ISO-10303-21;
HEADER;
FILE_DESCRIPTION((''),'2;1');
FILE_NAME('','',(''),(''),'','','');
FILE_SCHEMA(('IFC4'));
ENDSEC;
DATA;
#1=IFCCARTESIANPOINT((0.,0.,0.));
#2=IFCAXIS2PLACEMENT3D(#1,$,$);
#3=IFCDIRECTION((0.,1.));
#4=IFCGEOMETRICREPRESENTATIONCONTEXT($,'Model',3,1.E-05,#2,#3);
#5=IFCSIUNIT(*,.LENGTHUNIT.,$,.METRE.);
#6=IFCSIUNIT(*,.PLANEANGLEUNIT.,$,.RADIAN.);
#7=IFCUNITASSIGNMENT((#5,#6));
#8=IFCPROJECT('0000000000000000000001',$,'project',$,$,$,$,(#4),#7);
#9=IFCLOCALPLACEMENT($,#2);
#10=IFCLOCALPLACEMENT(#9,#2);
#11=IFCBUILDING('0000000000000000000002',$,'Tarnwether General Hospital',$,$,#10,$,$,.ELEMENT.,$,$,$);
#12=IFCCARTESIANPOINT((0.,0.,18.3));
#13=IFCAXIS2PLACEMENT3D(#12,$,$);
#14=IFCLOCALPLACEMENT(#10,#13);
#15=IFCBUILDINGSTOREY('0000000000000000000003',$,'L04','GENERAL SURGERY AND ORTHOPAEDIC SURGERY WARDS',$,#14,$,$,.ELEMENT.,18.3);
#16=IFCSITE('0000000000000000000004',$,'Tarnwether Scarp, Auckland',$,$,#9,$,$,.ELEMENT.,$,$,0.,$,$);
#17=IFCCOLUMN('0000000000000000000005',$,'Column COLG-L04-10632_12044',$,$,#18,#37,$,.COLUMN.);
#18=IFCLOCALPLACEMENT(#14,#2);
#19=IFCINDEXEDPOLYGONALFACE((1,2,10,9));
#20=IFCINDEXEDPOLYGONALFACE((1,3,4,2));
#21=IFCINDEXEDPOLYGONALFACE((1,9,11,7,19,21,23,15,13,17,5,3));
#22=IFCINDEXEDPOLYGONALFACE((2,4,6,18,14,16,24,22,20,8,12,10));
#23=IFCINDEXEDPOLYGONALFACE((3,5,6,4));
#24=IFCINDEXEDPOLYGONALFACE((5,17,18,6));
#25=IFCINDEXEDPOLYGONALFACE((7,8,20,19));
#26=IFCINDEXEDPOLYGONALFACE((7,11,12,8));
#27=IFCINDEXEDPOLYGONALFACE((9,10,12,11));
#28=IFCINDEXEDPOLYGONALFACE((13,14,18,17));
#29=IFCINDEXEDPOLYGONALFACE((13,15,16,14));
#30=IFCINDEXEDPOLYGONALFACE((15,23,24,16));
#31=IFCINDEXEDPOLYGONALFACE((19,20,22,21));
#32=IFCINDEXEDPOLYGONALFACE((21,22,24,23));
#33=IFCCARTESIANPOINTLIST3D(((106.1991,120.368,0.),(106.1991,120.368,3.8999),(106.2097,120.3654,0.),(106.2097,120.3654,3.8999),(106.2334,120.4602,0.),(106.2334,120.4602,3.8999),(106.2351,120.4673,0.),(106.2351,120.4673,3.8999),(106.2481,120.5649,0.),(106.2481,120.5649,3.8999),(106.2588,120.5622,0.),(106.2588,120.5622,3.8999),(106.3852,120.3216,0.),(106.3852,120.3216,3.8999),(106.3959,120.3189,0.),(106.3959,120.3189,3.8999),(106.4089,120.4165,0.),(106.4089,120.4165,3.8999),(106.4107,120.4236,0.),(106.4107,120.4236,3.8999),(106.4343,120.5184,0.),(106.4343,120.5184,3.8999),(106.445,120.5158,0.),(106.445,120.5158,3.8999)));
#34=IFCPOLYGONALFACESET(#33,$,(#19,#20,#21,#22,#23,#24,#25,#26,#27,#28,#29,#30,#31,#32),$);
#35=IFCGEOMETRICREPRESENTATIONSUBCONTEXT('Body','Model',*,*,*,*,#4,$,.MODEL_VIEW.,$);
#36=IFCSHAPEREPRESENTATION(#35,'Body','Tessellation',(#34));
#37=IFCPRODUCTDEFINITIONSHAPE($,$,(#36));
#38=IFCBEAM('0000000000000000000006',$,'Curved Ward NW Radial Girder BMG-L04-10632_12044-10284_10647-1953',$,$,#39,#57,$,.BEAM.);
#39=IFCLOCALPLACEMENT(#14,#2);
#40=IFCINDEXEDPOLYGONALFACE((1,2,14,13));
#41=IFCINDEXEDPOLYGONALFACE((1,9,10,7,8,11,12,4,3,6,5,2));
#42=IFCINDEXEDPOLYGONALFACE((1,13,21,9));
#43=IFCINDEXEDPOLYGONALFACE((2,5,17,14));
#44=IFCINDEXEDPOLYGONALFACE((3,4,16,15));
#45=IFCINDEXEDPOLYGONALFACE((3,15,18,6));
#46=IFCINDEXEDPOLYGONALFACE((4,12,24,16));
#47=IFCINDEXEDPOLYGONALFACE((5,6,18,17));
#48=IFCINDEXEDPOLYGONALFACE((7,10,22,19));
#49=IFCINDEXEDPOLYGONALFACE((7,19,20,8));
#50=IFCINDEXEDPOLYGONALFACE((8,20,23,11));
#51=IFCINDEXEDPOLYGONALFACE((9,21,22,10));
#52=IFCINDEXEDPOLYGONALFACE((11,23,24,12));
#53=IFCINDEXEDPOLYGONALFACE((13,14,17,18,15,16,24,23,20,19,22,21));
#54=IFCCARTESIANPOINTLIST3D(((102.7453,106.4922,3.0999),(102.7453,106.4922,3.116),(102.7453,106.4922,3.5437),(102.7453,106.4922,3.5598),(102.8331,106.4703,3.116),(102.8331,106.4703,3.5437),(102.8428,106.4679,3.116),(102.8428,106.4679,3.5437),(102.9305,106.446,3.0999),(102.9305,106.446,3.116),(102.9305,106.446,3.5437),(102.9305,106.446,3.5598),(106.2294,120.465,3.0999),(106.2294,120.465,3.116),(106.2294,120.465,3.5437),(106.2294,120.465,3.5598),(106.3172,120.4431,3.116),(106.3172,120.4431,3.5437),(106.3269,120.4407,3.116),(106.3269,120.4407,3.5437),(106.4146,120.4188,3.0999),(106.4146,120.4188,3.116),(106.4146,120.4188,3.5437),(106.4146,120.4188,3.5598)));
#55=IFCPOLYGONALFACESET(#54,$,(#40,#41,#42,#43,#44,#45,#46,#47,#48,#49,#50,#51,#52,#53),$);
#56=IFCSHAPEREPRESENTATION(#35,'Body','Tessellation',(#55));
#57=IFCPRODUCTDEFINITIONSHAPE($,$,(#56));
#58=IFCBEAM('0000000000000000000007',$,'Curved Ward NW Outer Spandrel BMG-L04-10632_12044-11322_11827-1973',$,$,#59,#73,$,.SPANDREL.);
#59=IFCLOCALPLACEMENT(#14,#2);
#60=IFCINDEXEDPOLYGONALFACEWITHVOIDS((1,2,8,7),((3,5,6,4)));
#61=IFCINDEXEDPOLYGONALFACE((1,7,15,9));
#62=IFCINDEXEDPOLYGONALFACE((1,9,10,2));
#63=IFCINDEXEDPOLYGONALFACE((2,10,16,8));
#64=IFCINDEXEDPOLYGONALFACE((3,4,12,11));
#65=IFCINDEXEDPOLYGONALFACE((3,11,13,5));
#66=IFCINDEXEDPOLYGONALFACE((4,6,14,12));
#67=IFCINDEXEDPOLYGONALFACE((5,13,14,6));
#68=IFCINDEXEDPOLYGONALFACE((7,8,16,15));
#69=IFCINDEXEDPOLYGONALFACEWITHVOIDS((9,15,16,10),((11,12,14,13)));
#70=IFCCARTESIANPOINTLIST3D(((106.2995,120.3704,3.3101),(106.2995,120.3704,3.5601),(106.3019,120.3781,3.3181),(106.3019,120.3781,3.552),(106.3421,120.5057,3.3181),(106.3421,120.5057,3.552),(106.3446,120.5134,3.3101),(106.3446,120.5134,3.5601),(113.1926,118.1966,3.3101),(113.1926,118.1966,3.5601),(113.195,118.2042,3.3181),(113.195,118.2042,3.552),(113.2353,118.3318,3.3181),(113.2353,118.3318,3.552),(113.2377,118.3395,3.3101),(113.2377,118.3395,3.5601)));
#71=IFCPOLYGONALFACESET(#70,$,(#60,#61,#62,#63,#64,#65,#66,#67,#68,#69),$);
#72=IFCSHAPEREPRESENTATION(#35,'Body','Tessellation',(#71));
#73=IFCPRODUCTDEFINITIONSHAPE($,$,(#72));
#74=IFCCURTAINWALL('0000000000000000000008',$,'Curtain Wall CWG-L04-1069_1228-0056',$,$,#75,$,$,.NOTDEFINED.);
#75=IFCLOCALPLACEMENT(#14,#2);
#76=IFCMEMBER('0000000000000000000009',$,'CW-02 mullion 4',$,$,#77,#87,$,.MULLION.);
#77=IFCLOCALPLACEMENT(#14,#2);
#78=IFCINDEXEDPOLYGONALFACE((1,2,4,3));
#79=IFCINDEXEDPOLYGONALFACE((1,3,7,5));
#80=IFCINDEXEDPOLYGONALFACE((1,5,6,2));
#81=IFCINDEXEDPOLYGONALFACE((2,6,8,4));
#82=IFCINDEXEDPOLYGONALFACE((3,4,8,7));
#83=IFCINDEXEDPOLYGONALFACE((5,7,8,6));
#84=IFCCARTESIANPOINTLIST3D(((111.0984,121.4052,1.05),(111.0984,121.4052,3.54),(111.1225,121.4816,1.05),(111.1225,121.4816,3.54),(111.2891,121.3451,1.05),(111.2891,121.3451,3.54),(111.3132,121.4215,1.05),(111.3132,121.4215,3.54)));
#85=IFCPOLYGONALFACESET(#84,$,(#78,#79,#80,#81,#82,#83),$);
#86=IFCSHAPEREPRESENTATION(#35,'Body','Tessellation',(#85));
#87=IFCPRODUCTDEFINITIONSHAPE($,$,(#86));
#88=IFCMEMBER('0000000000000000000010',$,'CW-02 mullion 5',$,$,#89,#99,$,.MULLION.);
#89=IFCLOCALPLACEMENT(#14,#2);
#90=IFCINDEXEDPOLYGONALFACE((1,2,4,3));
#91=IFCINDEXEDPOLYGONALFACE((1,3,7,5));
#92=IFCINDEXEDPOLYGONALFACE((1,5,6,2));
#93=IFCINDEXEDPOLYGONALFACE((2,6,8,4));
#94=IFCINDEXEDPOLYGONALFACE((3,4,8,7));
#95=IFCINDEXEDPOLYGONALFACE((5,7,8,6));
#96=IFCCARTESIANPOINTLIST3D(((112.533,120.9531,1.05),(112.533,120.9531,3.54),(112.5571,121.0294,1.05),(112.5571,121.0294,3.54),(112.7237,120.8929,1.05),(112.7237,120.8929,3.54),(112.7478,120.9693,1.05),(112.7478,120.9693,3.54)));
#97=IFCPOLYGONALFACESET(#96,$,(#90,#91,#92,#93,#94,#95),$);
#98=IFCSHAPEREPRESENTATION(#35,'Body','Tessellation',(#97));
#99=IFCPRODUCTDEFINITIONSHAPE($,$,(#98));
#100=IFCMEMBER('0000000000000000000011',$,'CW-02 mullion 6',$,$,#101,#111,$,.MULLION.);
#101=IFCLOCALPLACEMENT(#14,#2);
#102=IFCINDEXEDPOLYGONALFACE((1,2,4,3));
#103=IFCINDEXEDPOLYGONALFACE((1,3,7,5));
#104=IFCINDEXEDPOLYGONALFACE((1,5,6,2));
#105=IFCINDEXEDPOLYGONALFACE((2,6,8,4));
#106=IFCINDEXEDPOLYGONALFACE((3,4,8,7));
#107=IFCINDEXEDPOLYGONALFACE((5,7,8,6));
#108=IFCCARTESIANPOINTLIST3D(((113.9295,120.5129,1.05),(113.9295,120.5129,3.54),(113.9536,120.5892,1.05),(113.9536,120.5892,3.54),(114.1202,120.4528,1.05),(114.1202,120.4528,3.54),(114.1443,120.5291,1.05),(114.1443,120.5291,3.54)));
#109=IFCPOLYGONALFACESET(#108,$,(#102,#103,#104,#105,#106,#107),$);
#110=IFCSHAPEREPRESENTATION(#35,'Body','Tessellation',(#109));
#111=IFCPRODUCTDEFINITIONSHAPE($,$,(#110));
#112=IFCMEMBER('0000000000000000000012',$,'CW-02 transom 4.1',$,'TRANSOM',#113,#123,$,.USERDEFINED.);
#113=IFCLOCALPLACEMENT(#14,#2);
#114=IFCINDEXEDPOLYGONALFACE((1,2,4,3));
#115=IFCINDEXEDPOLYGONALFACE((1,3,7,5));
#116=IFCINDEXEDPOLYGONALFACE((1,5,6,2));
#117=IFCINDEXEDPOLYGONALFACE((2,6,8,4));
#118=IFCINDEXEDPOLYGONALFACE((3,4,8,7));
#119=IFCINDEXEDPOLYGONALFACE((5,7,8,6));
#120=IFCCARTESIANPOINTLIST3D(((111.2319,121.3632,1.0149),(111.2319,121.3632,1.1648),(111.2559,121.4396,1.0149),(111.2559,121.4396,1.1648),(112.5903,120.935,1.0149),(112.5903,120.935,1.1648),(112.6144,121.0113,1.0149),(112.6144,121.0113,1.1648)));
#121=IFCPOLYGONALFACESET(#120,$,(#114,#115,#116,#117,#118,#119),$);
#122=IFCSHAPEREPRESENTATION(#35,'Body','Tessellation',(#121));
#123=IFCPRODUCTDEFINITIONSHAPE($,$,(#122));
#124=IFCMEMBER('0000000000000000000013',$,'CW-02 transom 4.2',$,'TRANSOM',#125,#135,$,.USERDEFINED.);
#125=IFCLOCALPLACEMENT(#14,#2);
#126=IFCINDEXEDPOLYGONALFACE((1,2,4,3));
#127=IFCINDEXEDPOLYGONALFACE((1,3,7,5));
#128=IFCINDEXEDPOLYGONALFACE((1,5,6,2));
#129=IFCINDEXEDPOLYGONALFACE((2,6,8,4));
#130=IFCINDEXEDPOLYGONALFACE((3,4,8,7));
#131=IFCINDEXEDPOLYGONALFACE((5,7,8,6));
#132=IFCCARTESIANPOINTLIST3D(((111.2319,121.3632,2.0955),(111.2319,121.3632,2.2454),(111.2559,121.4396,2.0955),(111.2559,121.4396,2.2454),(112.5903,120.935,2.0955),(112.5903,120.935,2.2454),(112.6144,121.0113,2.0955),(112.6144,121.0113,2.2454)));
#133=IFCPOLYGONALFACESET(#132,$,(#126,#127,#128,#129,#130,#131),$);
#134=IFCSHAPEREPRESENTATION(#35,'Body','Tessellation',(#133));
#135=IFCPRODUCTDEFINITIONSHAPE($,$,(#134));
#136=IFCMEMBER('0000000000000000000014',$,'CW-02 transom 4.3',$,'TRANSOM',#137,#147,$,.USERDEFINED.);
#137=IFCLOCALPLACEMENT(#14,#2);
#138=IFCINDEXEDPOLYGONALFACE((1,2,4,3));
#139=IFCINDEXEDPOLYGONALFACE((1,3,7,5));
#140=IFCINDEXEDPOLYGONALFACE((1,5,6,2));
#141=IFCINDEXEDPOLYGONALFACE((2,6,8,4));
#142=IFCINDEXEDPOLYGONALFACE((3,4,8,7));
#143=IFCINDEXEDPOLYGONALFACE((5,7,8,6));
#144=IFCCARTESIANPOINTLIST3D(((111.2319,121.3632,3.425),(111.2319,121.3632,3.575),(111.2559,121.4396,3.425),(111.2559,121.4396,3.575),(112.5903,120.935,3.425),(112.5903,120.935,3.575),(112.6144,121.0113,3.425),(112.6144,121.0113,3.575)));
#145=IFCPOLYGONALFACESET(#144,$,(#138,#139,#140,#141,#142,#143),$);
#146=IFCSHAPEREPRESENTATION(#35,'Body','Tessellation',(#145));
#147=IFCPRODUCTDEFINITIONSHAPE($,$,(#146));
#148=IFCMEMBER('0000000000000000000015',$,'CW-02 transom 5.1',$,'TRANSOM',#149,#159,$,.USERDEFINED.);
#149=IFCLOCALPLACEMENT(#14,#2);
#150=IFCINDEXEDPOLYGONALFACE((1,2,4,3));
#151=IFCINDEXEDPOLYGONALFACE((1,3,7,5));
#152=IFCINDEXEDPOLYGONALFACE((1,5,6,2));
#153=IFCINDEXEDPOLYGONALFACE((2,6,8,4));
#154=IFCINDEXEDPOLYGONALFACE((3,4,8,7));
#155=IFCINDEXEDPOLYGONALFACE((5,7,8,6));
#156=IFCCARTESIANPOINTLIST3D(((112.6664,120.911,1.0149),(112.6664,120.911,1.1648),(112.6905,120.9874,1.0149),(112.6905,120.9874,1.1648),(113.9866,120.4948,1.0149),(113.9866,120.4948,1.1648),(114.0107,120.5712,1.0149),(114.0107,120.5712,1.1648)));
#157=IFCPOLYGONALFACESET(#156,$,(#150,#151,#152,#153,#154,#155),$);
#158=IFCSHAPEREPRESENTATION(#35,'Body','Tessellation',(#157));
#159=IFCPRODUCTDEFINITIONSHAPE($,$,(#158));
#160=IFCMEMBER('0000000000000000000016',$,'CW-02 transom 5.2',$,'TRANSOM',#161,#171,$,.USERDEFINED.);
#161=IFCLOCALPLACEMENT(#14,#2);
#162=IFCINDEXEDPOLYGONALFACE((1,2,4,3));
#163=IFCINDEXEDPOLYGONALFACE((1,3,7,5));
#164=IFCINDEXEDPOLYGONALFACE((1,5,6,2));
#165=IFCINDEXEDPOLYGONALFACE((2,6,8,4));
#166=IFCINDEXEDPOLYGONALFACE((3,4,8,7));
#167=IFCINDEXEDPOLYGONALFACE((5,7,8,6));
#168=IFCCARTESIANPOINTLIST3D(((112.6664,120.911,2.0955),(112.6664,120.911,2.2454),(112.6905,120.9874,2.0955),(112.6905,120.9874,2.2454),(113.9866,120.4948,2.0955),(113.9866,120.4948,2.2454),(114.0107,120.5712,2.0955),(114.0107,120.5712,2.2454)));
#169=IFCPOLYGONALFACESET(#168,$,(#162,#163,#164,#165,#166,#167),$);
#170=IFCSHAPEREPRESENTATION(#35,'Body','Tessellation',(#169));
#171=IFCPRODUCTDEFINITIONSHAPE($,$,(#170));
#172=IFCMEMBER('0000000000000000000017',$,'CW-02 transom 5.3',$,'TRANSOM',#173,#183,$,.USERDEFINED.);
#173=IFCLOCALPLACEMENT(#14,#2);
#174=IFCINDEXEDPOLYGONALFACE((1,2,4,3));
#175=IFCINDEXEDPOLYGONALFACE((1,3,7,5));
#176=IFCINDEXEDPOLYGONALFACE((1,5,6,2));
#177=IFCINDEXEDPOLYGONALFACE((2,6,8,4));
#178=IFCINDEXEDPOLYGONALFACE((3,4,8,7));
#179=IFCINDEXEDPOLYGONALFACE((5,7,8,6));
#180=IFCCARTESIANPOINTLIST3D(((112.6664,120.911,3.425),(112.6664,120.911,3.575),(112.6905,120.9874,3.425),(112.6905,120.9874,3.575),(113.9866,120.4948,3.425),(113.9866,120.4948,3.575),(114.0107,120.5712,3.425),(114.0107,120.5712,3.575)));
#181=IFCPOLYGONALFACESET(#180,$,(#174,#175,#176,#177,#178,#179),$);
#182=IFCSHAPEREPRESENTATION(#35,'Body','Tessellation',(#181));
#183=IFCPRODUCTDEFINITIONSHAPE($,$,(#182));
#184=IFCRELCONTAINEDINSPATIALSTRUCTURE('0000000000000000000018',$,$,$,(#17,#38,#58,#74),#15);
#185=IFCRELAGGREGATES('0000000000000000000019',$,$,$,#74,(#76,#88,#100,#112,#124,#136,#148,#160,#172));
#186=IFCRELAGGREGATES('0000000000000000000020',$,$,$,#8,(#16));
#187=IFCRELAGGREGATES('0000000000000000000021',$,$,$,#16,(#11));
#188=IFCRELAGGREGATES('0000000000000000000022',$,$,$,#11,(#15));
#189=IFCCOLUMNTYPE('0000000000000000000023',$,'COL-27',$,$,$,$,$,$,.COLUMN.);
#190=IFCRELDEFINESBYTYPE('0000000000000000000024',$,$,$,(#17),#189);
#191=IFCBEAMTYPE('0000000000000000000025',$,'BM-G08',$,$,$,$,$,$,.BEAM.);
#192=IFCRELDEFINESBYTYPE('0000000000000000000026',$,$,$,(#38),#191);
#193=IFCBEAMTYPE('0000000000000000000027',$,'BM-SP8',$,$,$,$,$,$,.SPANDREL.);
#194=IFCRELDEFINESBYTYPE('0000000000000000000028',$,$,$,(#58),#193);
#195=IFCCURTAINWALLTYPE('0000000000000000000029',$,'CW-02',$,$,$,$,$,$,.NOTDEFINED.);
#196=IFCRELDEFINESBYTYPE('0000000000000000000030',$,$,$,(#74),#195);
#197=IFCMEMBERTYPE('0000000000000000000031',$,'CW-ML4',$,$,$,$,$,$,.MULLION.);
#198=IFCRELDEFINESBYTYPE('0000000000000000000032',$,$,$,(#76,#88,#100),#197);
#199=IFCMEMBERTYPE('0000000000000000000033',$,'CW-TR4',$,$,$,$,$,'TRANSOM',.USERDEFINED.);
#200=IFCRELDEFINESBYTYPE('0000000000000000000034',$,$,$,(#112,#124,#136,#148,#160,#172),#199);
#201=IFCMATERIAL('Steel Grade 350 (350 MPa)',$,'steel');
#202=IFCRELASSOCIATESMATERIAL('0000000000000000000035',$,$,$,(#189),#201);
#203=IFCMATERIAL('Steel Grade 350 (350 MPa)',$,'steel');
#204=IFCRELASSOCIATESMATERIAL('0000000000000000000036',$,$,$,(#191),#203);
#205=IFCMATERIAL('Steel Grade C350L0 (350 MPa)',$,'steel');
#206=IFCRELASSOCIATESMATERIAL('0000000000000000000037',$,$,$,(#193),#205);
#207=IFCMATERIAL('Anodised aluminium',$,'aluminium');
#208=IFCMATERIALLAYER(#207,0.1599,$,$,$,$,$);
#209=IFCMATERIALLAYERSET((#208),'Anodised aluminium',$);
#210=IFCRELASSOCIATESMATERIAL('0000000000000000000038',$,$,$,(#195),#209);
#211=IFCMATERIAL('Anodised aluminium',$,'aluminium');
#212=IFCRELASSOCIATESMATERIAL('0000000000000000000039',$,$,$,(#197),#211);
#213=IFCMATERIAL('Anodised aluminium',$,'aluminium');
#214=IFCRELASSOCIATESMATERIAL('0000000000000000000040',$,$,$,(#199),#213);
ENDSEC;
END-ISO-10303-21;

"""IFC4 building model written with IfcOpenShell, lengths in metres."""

from ifc_helpers import new_model, si_unit, direction, frame, origin, origin_2d, place, context, subcontext, project, spatial, rectangle, hollow_rectangle, i_section, extrude, material, layer, layer_set, material_profile, profile_set, type_object, element, aggregate, save


model = new_model("IFC4")

# Units and contexts
model_context = context("Model", 3, precision=1e-05, world=origin(), true_north=direction((0.0, 1.0)))
body_context = subcontext(model_context, "Body", "Model", "MODEL_VIEW")
ifc_project = project(units=[si_unit("LENGTHUNIT", "METRE"), si_unit("PLANEANGLEUNIT", "RADIAN")], contexts=[model_context])

# Site, building, storey
site_placement = place(None, origin())
site = spatial("IfcSite", under=ifc_project, at=site_placement, Name="Tarnwether Scarp, Auckland", CompositionType="ELEMENT", RefElevation=0.0)
building_placement = place(site_placement, origin())
building = spatial("IfcBuilding", under=site, at=building_placement, Name="Tarnwether General Hospital", CompositionType="ELEMENT")
storey_placement = place(building_placement, frame((0.0, 0.0, 18.3)))
storey = spatial("IfcBuildingStorey", under=building, at=storey_placement, Name="L04", Description="GENERAL SURGERY AND ORTHOPAEDIC SURGERY WARDS", CompositionType="ELEMENT", Elevation=18.3)

# Column
ifc_material_1 = material(Name="Steel Grade 350 (350 MPa)", Category="steel")
ifc_material_profile_1 = material_profile(ifc_material_1, i_section(OverallWidth=0.2029, OverallDepth=0.2029, WebThickness=0.0073, FlangeThickness=0.011, at=origin_2d()), Name="200UC46.2")
ifc_profile_set_1 = profile_set([ifc_material_profile_1], Name="Steel Grade 350 (350 MPa)")
column_type = type_object("IfcColumnType", Name="COL-27", PredefinedType="COLUMN", material=ifc_profile_set_1)
column_placement = place(storey_placement, frame((106.322, 120.4419, 0.0), z_axis=(0.0, 0.0, 1.0), x_axis=(0.241922, 0.970296, 0.0)))
element("IfcColumn", 1, at=column_placement, inside=storey, type_object=column_type, Name="Column COLG-L04-10632_12044", PredefinedType="COLUMN", context=body_context, shape_type="SweptSolid", body=[
    extrude(i_section(OverallWidth=0.2029, OverallDepth=0.2029, WebThickness=0.0073, FlangeThickness=0.011, at=origin_2d()), origin(), (0.0, 0.0, 1.0), 3.8999),
])

# Beams
ifc_material_2 = material(Name="Steel Grade 350 (350 MPa)", Category="steel")
ifc_material_profile_2 = material_profile(ifc_material_2, i_section(OverallWidth=0.1909, OverallDepth=0.46, WebThickness=0.01, FlangeThickness=0.0161, at=origin_2d()), Name="460UB82.1")
ifc_profile_set_2 = profile_set([ifc_material_profile_2], Name="Steel Grade 350 (350 MPa)")
beam_type_1 = type_object("IfcBeamType", Name="BM-G08", PredefinedType="BEAM", material=ifc_profile_set_2)
beam_1_placement = place(storey_placement, frame((106.322, 120.4419, 3.3298), z_axis=(-0.241941, -0.970291, 0.0), x_axis=(0.970291, -0.241941, 0.0)))
element("IfcBeam", 2, at=beam_1_placement, inside=storey, type_object=beam_type_1, Name="Curved Ward NW Radial Girder BMG-L04-10632_12044-10284_10647-1953", PredefinedType="BEAM", context=body_context, shape_type="SweptSolid", body=[
    extrude(i_section(OverallWidth=0.1909, OverallDepth=0.46, WebThickness=0.01, FlangeThickness=0.0161, at=origin_2d()), origin(), (0.0, 0.0, 1.0), 14.4006),
])
ifc_material_3 = material(Name="Steel Grade C350L0 (350 MPa)", Category="steel")
ifc_material_profile_3 = material_profile(ifc_material_3, hollow_rectangle(XDim=0.1499, YDim=0.25, WallThickness=0.0081, at=origin_2d()), Name="RHS250x150x8")
ifc_profile_set_3 = profile_set([ifc_material_profile_3], Name="Steel Grade C350L0 (350 MPa)")
beam_type_2 = type_object("IfcBeamType", Name="BM-SP8", PredefinedType="SPANDREL", material=ifc_profile_set_3)
beam_2_placement = place(storey_placement, frame((106.322, 120.4419, 3.4351), z_axis=(0.953699, -0.300763, 0.0), x_axis=(0.300763, 0.953699, 0.0)))
element("IfcBeam", 3, at=beam_2_placement, inside=storey, type_object=beam_type_2, Name="Curved Ward NW Outer Spandrel BMG-L04-10632_12044-11322_11827-1973", PredefinedType="SPANDREL", context=body_context, shape_type="SweptSolid", body=[
    extrude(hollow_rectangle(XDim=0.1499, YDim=0.25, WallThickness=0.0081, at=origin_2d()), origin(), (0.0, 0.0, 1.0), 7.2278),
])

# Curtain wall, members
ifc_material_4 = material(Name="Anodised aluminium", Category="aluminium")
ifc_layer_1 = layer(ifc_material_4, 0.1599)
ifc_layer_set_1 = layer_set([ifc_layer_1], Name="Anodised aluminium")
curtain_wall_type = type_object("IfcCurtainWallType", Name="CW-02", PredefinedType="NOTDEFINED", material=ifc_layer_set_1)
curtain_wall_placement = place(storey_placement, origin())
curtain_wall = element("IfcCurtainWall", 4, at=curtain_wall_placement, inside=storey, type_object=curtain_wall_type, Name="Curtain Wall CWG-L04-1069_1228-0056", PredefinedType="NOTDEFINED")
ifc_material_5 = material(Name="Anodised aluminium", Category="aluminium")
ifc_material_profile_4 = material_profile(ifc_material_5, rectangle(XDim=0.0801, YDim=0.2, at=origin_2d()), Name="ALU-MUL-80x200")
ifc_profile_set_4 = profile_set([ifc_material_profile_4], Name="Anodised aluminium")
member_type_1 = type_object("IfcMemberType", Name="CW-ML4", PredefinedType="MULLION", material=ifc_profile_set_4)
member_1_placement = place(storey_placement, frame((111.2058, 121.4133, 1.05), z_axis=(0.0, 0.0, 1.0), x_axis=(0.300629, 0.953741, 0.0)))
member_1 = element("IfcMember", 5, at=member_1_placement, type_object=member_type_1, Name="CW-02 mullion 4", PredefinedType="MULLION", context=body_context, shape_type="SweptSolid", body=[
    extrude(rectangle(XDim=0.0801, YDim=0.2, at=origin_2d()), origin(), (0.0, 0.0, 1.0), 2.49),
])
member_2_placement = place(storey_placement, frame((112.6404, 120.9612, 1.05), z_axis=(0.0, 0.0, 1.0), x_axis=(0.300629, 0.953741, 0.0)))
member_2 = element("IfcMember", 6, at=member_2_placement, type_object=member_type_1, Name="CW-02 mullion 5", PredefinedType="MULLION", context=body_context, shape_type="SweptSolid", body=[
    extrude(rectangle(XDim=0.0801, YDim=0.2, at=origin_2d()), origin(), (0.0, 0.0, 1.0), 2.49),
])
member_3_placement = place(storey_placement, frame((114.0369, 120.521, 1.05), z_axis=(0.0, 0.0, 1.0), x_axis=(0.300629, 0.953741, 0.0)))
member_3 = element("IfcMember", 7, at=member_3_placement, type_object=member_type_1, Name="CW-02 mullion 6", PredefinedType="MULLION", context=body_context, shape_type="SweptSolid", body=[
    extrude(rectangle(XDim=0.0801, YDim=0.2, at=origin_2d()), origin(), (0.0, 0.0, 1.0), 2.49),
])
ifc_material_6 = material(Name="Anodised aluminium", Category="aluminium")
ifc_material_profile_5 = material_profile(ifc_material_6, rectangle(XDim=0.0801, YDim=0.1499, at=origin_2d()), Name="ALU-TRN-80x150")
ifc_profile_set_5 = profile_set([ifc_material_profile_5], Name="Anodised aluminium")
member_type_2 = type_object("IfcMemberType", Name="CW-TR4", ElementType="TRANSOM", PredefinedType="USERDEFINED", material=ifc_profile_set_5)
member_4_placement = place(storey_placement, frame((111.2439, 121.4014, 1.0898), z_axis=(0.953733, -0.300656, 0.0), x_axis=(0.300656, 0.953733, 0.0)))
member_4 = element("IfcMember", 8, at=member_4_placement, type_object=member_type_2, Name="CW-02 transom 4.1", ObjectType="TRANSOM", PredefinedType="USERDEFINED", context=body_context, shape_type="SweptSolid", body=[
    extrude(rectangle(XDim=0.0801, YDim=0.1499, at=origin_2d()), origin(), (0.0, 0.0, 1.0), 1.4243),
])
member_5_placement = place(storey_placement, frame((111.2439, 121.4014, 2.1704), z_axis=(0.953733, -0.300656, 0.0), x_axis=(0.300656, 0.953733, 0.0)))
member_5 = element("IfcMember", 9, at=member_5_placement, type_object=member_type_2, Name="CW-02 transom 4.2", ObjectType="TRANSOM", PredefinedType="USERDEFINED", context=body_context, shape_type="SweptSolid", body=[
    extrude(rectangle(XDim=0.0801, YDim=0.1499, at=origin_2d()), origin(), (0.0, 0.0, 1.0), 1.4243),
])
member_6_placement = place(storey_placement, frame((111.2439, 121.4014, 3.5), z_axis=(0.953733, -0.300656, 0.0), x_axis=(0.300656, 0.953733, 0.0)))
member_6 = element("IfcMember", 10, at=member_6_placement, type_object=member_type_2, Name="CW-02 transom 4.3", ObjectType="TRANSOM", PredefinedType="USERDEFINED", context=body_context, shape_type="SweptSolid", body=[
    extrude(rectangle(XDim=0.0801, YDim=0.1499, at=origin_2d()), origin(), (0.0, 0.0, 1.0), 1.4243),
])
member_7_placement = place(storey_placement, frame((112.6785, 120.9492, 1.0898), z_axis=(0.953724, -0.300684, 0.0), x_axis=(0.300684, 0.953724, 0.0)))
member_7 = element("IfcMember", 11, at=member_7_placement, type_object=member_type_2, Name="CW-02 transom 5.1", ObjectType="TRANSOM", PredefinedType="USERDEFINED", context=body_context, shape_type="SweptSolid", body=[
    extrude(rectangle(XDim=0.0801, YDim=0.1499, at=origin_2d()), origin(), (0.0, 0.0, 1.0), 1.3843),
])
member_8_placement = place(storey_placement, frame((112.6785, 120.9492, 2.1704), z_axis=(0.953724, -0.300684, 0.0), x_axis=(0.300684, 0.953724, 0.0)))
member_8 = element("IfcMember", 12, at=member_8_placement, type_object=member_type_2, Name="CW-02 transom 5.2", ObjectType="TRANSOM", PredefinedType="USERDEFINED", context=body_context, shape_type="SweptSolid", body=[
    extrude(rectangle(XDim=0.0801, YDim=0.1499, at=origin_2d()), origin(), (0.0, 0.0, 1.0), 1.3843),
])
member_9_placement = place(storey_placement, frame((112.6785, 120.9492, 3.5), z_axis=(0.953724, -0.300684, 0.0), x_axis=(0.300684, 0.953724, 0.0)))
member_9 = element("IfcMember", 13, at=member_9_placement, type_object=member_type_2, Name="CW-02 transom 5.3", ObjectType="TRANSOM", PredefinedType="USERDEFINED", context=body_context, shape_type="SweptSolid", body=[
    extrude(rectangle(XDim=0.0801, YDim=0.1499, at=origin_2d()), origin(), (0.0, 0.0, 1.0), 1.3843),
])
aggregate(curtain_wall, [member_1, member_2, member_3, member_4, member_5, member_6, member_7, member_8, member_9])

save(model, "model.ifc")
